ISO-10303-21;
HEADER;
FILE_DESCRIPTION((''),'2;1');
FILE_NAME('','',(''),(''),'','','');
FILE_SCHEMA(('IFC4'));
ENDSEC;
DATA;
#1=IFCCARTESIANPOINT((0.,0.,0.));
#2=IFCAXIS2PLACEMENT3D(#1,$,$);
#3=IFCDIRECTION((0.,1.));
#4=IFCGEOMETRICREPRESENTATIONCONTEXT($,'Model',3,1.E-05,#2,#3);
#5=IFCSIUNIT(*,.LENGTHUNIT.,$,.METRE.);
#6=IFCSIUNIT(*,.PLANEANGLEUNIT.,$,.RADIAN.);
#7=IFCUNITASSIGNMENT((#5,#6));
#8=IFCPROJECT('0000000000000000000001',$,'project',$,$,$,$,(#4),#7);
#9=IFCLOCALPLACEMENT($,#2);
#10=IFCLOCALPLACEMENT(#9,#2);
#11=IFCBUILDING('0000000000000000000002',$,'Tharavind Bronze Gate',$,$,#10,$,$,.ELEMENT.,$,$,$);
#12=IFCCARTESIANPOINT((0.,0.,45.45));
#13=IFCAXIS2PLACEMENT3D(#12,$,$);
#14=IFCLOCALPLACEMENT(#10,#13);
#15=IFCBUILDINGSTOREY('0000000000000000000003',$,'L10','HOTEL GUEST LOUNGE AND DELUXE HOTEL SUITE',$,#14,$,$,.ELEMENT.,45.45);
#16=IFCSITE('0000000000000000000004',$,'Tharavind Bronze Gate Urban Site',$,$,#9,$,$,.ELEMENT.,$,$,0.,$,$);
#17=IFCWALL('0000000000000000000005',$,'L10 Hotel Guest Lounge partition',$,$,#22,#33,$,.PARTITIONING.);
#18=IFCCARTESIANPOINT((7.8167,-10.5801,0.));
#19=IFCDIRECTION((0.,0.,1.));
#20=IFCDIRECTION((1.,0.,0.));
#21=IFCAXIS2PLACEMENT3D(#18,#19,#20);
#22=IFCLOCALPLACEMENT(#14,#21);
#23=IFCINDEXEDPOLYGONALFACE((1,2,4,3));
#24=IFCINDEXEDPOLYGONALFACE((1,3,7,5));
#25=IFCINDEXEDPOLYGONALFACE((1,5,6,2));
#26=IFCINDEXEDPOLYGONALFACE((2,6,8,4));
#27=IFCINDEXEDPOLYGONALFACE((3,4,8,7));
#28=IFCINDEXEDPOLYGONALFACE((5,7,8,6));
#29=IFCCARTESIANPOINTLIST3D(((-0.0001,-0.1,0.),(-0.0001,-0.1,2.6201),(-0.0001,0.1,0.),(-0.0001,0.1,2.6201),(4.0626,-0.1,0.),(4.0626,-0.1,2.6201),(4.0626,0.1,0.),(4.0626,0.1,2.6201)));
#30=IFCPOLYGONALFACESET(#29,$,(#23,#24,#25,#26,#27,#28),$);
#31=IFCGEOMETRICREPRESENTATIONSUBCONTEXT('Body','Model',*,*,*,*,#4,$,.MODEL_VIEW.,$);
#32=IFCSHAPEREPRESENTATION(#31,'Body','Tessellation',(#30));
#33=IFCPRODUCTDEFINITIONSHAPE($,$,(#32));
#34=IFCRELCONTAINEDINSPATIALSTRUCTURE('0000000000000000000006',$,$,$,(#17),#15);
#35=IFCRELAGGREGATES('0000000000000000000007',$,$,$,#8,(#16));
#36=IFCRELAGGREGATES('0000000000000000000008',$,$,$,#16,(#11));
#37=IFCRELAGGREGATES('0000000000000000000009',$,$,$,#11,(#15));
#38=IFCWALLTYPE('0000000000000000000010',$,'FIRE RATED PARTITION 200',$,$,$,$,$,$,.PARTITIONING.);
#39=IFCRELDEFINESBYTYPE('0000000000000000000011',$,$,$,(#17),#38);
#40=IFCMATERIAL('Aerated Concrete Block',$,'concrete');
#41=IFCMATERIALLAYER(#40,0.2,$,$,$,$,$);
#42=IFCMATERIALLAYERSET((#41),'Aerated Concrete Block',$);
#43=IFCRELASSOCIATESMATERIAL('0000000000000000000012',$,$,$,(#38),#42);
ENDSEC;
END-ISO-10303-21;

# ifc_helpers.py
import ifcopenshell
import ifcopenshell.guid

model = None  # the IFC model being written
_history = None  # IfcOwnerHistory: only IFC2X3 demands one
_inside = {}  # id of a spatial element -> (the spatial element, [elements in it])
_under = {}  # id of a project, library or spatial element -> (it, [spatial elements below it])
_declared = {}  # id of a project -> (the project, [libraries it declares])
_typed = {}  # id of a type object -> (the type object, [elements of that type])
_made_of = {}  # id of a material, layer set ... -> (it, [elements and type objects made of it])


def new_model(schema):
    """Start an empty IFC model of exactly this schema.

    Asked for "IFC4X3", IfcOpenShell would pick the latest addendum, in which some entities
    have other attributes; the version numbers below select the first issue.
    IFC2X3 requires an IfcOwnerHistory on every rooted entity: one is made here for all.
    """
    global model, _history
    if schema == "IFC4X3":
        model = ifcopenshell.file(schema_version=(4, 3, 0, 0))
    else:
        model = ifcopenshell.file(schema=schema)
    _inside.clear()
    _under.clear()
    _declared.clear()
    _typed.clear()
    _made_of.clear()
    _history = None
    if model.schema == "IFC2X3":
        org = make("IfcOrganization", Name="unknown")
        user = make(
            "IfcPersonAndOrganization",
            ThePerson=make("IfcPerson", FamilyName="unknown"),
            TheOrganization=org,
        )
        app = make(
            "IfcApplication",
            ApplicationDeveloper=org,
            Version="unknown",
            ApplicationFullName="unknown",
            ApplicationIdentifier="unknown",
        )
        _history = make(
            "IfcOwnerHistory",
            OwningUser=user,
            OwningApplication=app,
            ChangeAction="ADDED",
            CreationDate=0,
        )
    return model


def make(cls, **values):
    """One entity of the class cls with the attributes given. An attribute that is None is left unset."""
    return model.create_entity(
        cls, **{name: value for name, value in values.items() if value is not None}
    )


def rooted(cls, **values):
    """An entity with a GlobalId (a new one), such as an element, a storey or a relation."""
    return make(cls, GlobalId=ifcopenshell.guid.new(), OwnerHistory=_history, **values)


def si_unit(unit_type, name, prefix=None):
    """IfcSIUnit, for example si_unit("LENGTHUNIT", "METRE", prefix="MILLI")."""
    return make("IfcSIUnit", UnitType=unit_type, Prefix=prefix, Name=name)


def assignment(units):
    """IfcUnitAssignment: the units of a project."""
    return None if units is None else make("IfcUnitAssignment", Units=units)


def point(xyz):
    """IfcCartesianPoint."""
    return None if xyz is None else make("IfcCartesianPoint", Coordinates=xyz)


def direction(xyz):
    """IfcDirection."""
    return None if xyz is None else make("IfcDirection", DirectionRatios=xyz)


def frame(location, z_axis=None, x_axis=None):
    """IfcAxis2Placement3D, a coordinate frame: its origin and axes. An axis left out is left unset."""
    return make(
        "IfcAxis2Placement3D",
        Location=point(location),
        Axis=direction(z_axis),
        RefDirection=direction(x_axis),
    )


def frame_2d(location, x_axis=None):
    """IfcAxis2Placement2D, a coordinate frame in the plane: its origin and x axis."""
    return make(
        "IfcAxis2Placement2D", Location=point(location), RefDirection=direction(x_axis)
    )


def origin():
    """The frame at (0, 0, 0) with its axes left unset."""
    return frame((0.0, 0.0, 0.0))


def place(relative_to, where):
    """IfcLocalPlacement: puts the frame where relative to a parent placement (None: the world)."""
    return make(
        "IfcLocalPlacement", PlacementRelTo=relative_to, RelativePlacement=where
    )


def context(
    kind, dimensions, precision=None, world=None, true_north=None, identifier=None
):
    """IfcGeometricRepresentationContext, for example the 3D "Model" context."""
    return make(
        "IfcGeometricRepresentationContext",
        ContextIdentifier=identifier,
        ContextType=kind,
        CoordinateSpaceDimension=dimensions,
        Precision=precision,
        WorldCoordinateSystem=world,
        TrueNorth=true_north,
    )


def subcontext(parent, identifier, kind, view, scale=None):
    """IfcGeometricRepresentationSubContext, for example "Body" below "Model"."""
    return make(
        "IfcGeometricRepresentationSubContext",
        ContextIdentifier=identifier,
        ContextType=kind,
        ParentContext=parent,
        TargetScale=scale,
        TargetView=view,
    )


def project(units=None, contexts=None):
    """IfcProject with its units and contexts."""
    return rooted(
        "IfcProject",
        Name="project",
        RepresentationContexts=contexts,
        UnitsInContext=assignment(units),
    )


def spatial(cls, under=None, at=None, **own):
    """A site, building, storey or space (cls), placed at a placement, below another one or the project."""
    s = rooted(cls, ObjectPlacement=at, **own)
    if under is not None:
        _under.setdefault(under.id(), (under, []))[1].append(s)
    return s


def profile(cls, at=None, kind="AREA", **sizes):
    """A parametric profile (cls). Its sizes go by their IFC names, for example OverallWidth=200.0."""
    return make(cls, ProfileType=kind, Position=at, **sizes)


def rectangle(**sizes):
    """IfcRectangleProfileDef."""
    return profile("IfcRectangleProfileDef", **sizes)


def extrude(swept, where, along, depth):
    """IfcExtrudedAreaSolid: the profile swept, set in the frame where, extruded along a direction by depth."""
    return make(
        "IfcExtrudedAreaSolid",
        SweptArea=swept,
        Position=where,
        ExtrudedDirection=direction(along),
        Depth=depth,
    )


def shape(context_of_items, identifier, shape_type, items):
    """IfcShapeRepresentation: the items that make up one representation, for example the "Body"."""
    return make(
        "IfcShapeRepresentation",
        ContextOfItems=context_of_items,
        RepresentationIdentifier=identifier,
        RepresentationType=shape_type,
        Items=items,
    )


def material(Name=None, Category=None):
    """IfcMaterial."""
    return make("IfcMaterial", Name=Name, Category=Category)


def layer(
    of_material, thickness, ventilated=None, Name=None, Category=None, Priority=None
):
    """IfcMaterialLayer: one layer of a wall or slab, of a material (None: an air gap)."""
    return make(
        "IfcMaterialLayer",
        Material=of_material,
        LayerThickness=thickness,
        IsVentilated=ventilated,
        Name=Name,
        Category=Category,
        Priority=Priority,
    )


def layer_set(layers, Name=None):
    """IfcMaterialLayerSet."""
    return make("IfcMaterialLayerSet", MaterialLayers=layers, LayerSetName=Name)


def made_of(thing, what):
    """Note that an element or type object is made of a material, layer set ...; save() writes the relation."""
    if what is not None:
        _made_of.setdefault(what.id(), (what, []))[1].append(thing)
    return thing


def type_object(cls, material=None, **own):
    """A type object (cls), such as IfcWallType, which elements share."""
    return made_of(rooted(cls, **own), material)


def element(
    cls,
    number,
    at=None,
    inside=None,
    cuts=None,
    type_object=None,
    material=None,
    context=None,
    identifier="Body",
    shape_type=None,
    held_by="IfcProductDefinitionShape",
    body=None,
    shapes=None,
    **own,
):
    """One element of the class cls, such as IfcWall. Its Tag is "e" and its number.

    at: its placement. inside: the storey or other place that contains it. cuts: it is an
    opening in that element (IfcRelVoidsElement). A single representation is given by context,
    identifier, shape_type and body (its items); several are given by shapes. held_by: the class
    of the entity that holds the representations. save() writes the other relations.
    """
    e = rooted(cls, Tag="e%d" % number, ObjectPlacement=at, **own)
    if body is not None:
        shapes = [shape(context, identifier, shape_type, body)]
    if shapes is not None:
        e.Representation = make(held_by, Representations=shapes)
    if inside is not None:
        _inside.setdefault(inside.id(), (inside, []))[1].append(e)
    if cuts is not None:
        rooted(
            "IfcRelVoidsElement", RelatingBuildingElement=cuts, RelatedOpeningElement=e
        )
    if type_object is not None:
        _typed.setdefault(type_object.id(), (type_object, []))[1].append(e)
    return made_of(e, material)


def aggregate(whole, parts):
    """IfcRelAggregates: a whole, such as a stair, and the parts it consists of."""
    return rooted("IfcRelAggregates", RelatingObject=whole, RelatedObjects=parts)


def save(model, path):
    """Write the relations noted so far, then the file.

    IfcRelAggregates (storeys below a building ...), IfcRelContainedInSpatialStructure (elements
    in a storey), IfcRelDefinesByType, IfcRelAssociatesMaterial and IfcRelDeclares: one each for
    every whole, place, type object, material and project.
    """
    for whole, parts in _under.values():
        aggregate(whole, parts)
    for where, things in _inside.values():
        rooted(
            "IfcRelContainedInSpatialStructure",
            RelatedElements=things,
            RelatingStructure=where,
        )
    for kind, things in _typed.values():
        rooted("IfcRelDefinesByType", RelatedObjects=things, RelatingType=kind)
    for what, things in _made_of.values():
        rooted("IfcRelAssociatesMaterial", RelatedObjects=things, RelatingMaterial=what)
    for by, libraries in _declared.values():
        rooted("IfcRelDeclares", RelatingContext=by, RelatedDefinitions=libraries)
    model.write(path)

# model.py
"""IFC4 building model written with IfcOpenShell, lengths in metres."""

from ifc_helpers import new_model, si_unit, direction, frame, frame_2d, origin, place, context, subcontext, project, spatial, rectangle, extrude, material, layer, layer_set, type_object, element, save


model = new_model("IFC4")

# Units and contexts
model_context = context("Model", 3, precision=1e-05, world=origin(), true_north=direction((0.0, 1.0)))
body_context = subcontext(model_context, "Body", "Model", "MODEL_VIEW")
ifc_project = project(units=[si_unit("LENGTHUNIT", "METRE"), si_unit("PLANEANGLEUNIT", "RADIAN")], contexts=[model_context])

# Site, building, storey
site_placement = place(None, origin())
site = spatial("IfcSite", under=ifc_project, at=site_placement, Name="Tharavind Bronze Gate Urban Site", CompositionType="ELEMENT", RefElevation=0.0)
building_placement = place(site_placement, origin())
building = spatial("IfcBuilding", under=site, at=building_placement, Name="Tharavind Bronze Gate", CompositionType="ELEMENT")
storey_placement = place(building_placement, frame((0.0, 0.0, 45.45)))
storey = spatial("IfcBuildingStorey", under=building, at=storey_placement, Name="L10", Description="HOTEL GUEST LOUNGE AND DELUXE HOTEL SUITE", CompositionType="ELEMENT", Elevation=45.45)

# Shared definitions
ifc_material_1 = material(Name="Aerated Concrete Block", Category="concrete")
ifc_layer_1 = layer(ifc_material_1, 0.2)
ifc_layer_set_1 = layer_set([ifc_layer_1], Name="Aerated Concrete Block")
wall_type_1 = type_object("IfcWallType", Name="FIRE RATED PARTITION 200", PredefinedType="PARTITIONING", material=ifc_layer_set_1)

# Wall
wall_1_placement = place(storey_placement, frame((7.8167, -10.5801, 0.0), z_axis=(0.0, 0.0, 1.0), x_axis=(1.0, 0.0, 0.0)))
element("IfcWall", 1, at=wall_1_placement, inside=storey, type_object=wall_type_1, Name="L10 Hotel Guest Lounge partition", PredefinedType="PARTITIONING", context=body_context, shape_type="SweptSolid", body=[
    extrude(rectangle(XDim=4.0627, YDim=0.2, at=frame_2d((2.0312, 0.0))), origin(), (0.0, 0.0, 1.0), 2.6201),
])

save(model, "model.ifc")
